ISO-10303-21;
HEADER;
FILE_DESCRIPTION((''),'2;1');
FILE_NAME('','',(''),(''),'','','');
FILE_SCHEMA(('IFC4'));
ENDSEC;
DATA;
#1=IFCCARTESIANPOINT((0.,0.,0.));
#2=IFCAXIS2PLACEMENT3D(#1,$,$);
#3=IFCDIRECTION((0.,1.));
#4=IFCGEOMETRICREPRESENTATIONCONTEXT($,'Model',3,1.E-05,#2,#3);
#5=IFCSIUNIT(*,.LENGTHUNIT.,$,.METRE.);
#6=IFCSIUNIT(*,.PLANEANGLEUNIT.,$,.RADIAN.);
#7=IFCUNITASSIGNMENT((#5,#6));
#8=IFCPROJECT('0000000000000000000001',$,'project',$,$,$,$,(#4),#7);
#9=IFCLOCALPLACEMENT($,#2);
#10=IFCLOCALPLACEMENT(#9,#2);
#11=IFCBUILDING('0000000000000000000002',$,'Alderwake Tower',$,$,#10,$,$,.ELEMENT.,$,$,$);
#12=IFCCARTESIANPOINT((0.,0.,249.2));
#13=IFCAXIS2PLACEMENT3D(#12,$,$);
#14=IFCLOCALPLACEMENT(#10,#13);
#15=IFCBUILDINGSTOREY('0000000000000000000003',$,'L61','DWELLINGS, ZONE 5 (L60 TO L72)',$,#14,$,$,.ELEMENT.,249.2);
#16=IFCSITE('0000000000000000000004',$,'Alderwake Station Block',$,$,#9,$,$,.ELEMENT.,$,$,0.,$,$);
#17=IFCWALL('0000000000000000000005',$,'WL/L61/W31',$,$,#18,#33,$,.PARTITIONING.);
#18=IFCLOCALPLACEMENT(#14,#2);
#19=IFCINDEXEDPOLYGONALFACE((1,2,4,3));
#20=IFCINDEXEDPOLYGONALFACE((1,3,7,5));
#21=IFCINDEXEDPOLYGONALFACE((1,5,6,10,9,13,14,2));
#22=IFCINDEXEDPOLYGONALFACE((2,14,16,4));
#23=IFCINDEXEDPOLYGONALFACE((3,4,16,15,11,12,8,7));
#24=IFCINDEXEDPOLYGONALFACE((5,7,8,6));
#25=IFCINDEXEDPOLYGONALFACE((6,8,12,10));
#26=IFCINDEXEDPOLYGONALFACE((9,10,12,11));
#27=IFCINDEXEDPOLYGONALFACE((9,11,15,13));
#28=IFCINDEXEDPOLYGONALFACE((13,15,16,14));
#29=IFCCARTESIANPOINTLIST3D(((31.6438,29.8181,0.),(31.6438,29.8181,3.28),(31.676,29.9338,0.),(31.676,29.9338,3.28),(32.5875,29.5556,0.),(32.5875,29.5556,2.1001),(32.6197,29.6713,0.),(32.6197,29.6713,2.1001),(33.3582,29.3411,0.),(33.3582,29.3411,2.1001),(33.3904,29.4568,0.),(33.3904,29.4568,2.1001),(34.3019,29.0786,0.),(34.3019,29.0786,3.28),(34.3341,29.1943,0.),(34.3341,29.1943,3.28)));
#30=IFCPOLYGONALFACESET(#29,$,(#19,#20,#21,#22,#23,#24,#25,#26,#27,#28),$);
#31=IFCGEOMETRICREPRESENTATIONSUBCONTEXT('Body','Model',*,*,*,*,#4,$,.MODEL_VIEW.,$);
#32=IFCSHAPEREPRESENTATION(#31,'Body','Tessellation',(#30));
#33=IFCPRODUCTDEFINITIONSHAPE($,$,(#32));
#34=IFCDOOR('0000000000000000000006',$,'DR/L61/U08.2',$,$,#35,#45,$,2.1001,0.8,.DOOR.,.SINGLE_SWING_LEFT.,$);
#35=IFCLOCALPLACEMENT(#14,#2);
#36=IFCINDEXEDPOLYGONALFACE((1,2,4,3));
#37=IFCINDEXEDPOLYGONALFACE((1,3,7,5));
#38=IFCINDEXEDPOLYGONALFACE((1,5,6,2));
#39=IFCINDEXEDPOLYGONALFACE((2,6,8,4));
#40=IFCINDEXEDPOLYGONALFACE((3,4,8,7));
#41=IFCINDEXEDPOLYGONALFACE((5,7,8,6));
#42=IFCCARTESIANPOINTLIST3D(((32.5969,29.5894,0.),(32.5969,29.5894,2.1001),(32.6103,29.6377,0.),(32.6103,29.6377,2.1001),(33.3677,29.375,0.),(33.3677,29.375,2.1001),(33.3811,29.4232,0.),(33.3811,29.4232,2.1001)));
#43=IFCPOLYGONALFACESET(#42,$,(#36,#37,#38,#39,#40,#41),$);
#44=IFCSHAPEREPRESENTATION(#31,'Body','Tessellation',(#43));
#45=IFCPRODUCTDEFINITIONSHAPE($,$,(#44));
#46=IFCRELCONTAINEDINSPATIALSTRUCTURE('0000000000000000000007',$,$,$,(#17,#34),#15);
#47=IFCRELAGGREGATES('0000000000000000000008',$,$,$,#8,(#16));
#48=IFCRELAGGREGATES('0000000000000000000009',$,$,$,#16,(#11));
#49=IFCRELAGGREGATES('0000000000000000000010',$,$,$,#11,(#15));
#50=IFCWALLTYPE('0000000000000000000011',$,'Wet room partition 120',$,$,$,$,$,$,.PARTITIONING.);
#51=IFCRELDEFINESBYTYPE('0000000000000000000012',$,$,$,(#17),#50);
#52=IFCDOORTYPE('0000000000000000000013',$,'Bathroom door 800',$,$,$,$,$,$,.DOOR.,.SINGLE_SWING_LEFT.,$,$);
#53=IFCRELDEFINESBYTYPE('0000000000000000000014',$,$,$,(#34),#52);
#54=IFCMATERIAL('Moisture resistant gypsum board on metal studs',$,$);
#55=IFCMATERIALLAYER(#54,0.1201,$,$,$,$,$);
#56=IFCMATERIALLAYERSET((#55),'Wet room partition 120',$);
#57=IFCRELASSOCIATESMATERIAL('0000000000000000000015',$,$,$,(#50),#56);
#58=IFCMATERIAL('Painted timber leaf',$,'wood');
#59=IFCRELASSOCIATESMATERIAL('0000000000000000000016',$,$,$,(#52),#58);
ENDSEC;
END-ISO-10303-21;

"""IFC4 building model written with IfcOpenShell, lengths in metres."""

from ifc_helpers import new_model, si_unit, direction, frame, frame_2d, origin, place, context, subcontext, project, spatial, rectangle, extrude, material, layer, layer_set, type_object, element, fill, save


model = new_model("IFC4")

# Units and contexts
model_context = context("Model", 3, precision=1e-05, world=origin(), true_north=direction((0.0, 1.0)))
body_context = subcontext(model_context, "Body", "Model", "MODEL_VIEW")
ifc_project = project(units=[si_unit("LENGTHUNIT", "METRE"), si_unit("PLANEANGLEUNIT", "RADIAN")], contexts=[model_context])

# Site, building, storey
site_placement = place(None, origin())
site = spatial("IfcSite", under=ifc_project, at=site_placement, Name="Alderwake Station Block", CompositionType="ELEMENT", RefElevation=0.0)
building_placement = place(site_placement, origin())
building = spatial("IfcBuilding", under=site, at=building_placement, Name="Alderwake Tower", CompositionType="ELEMENT")
storey_placement = place(building_placement, frame((0.0, 0.0, 249.2)))
storey = spatial("IfcBuildingStorey", under=building, at=storey_placement, Name="L61", Description="DWELLINGS, ZONE 5 (L60 TO L72)", CompositionType="ELEMENT", Elevation=249.2)

# Shared definitions
ifc_material_1 = material(Name="Moisture resistant gypsum board on metal studs")
ifc_layer_1 = layer(ifc_material_1, 0.1201)
ifc_layer_set_1 = layer_set([ifc_layer_1], Name="Wet room partition 120")
wall_type_1 = type_object("IfcWallType", Name="Wet room partition 120", PredefinedType="PARTITIONING", material=ifc_layer_set_1)

# Wall, opening, door
wall_1_placement = place(storey_placement, frame((34.3179, 29.1365, 0.0), z_axis=(0.0, 0.0, 1.0), x_axis=(-0.963408, 0.268041, 0.0)))
wall_1 = element("IfcWall", 1, at=wall_1_placement, inside=storey, type_object=wall_type_1, Name="WL/L61/W31", PredefinedType="PARTITIONING", context=body_context, shape_type="SweptSolid", body=[
    extrude(rectangle(XDim=2.759, YDim=0.1201, at=frame_2d((1.3794, 0.0))), origin(), (0.0, 0.0, 1.0), 3.28),
])
opening_1_placement = place(wall_1_placement, frame((0.9795, 0.0, 0.0)))
opening_1 = element("IfcOpeningElement", 2, at=opening_1_placement, cuts=wall_1, PredefinedType="OPENING", context=body_context, shape_type="SweptSolid", body=[
    extrude(rectangle(XDim=0.8, YDim=2.1001, at=frame_2d((0.3999, 1.05))), frame((0.0, 0.0701, 0.0), z_axis=(0.0, -1.0, 0.0), x_axis=(1.0, 0.0, 0.0)), (0.0, 0.0, 1.0), 0.1401),
])
ifc_material_2 = material(Name="Painted timber leaf", Category="wood")
door_type_1 = type_object("IfcDoorType", Name="Bathroom door 800", OperationType="SINGLE_SWING_LEFT", PredefinedType="DOOR", material=ifc_material_2)
door_1_placement = place(opening_1_placement, origin())
door_1 = element("IfcDoor", 3, at=door_1_placement, inside=storey, type_object=door_type_1, Name="DR/L61/U08.2", OperationType="SINGLE_SWING_LEFT", OverallHeight=2.1001, OverallWidth=0.8, PredefinedType="DOOR", context=body_context, shape_type="SweptSolid", body=[
    extrude(rectangle(XDim=0.8, YDim=2.1001, at=frame_2d((0.3999, 1.05))), frame((0.0, 0.0249, 0.0), z_axis=(0.0, -1.0, 0.0), x_axis=(1.0, 0.0, 0.0)), (0.0, 0.0, 1.0), 0.05),
])
fill(opening_1, door_1)

save(model, "model.ifc")
